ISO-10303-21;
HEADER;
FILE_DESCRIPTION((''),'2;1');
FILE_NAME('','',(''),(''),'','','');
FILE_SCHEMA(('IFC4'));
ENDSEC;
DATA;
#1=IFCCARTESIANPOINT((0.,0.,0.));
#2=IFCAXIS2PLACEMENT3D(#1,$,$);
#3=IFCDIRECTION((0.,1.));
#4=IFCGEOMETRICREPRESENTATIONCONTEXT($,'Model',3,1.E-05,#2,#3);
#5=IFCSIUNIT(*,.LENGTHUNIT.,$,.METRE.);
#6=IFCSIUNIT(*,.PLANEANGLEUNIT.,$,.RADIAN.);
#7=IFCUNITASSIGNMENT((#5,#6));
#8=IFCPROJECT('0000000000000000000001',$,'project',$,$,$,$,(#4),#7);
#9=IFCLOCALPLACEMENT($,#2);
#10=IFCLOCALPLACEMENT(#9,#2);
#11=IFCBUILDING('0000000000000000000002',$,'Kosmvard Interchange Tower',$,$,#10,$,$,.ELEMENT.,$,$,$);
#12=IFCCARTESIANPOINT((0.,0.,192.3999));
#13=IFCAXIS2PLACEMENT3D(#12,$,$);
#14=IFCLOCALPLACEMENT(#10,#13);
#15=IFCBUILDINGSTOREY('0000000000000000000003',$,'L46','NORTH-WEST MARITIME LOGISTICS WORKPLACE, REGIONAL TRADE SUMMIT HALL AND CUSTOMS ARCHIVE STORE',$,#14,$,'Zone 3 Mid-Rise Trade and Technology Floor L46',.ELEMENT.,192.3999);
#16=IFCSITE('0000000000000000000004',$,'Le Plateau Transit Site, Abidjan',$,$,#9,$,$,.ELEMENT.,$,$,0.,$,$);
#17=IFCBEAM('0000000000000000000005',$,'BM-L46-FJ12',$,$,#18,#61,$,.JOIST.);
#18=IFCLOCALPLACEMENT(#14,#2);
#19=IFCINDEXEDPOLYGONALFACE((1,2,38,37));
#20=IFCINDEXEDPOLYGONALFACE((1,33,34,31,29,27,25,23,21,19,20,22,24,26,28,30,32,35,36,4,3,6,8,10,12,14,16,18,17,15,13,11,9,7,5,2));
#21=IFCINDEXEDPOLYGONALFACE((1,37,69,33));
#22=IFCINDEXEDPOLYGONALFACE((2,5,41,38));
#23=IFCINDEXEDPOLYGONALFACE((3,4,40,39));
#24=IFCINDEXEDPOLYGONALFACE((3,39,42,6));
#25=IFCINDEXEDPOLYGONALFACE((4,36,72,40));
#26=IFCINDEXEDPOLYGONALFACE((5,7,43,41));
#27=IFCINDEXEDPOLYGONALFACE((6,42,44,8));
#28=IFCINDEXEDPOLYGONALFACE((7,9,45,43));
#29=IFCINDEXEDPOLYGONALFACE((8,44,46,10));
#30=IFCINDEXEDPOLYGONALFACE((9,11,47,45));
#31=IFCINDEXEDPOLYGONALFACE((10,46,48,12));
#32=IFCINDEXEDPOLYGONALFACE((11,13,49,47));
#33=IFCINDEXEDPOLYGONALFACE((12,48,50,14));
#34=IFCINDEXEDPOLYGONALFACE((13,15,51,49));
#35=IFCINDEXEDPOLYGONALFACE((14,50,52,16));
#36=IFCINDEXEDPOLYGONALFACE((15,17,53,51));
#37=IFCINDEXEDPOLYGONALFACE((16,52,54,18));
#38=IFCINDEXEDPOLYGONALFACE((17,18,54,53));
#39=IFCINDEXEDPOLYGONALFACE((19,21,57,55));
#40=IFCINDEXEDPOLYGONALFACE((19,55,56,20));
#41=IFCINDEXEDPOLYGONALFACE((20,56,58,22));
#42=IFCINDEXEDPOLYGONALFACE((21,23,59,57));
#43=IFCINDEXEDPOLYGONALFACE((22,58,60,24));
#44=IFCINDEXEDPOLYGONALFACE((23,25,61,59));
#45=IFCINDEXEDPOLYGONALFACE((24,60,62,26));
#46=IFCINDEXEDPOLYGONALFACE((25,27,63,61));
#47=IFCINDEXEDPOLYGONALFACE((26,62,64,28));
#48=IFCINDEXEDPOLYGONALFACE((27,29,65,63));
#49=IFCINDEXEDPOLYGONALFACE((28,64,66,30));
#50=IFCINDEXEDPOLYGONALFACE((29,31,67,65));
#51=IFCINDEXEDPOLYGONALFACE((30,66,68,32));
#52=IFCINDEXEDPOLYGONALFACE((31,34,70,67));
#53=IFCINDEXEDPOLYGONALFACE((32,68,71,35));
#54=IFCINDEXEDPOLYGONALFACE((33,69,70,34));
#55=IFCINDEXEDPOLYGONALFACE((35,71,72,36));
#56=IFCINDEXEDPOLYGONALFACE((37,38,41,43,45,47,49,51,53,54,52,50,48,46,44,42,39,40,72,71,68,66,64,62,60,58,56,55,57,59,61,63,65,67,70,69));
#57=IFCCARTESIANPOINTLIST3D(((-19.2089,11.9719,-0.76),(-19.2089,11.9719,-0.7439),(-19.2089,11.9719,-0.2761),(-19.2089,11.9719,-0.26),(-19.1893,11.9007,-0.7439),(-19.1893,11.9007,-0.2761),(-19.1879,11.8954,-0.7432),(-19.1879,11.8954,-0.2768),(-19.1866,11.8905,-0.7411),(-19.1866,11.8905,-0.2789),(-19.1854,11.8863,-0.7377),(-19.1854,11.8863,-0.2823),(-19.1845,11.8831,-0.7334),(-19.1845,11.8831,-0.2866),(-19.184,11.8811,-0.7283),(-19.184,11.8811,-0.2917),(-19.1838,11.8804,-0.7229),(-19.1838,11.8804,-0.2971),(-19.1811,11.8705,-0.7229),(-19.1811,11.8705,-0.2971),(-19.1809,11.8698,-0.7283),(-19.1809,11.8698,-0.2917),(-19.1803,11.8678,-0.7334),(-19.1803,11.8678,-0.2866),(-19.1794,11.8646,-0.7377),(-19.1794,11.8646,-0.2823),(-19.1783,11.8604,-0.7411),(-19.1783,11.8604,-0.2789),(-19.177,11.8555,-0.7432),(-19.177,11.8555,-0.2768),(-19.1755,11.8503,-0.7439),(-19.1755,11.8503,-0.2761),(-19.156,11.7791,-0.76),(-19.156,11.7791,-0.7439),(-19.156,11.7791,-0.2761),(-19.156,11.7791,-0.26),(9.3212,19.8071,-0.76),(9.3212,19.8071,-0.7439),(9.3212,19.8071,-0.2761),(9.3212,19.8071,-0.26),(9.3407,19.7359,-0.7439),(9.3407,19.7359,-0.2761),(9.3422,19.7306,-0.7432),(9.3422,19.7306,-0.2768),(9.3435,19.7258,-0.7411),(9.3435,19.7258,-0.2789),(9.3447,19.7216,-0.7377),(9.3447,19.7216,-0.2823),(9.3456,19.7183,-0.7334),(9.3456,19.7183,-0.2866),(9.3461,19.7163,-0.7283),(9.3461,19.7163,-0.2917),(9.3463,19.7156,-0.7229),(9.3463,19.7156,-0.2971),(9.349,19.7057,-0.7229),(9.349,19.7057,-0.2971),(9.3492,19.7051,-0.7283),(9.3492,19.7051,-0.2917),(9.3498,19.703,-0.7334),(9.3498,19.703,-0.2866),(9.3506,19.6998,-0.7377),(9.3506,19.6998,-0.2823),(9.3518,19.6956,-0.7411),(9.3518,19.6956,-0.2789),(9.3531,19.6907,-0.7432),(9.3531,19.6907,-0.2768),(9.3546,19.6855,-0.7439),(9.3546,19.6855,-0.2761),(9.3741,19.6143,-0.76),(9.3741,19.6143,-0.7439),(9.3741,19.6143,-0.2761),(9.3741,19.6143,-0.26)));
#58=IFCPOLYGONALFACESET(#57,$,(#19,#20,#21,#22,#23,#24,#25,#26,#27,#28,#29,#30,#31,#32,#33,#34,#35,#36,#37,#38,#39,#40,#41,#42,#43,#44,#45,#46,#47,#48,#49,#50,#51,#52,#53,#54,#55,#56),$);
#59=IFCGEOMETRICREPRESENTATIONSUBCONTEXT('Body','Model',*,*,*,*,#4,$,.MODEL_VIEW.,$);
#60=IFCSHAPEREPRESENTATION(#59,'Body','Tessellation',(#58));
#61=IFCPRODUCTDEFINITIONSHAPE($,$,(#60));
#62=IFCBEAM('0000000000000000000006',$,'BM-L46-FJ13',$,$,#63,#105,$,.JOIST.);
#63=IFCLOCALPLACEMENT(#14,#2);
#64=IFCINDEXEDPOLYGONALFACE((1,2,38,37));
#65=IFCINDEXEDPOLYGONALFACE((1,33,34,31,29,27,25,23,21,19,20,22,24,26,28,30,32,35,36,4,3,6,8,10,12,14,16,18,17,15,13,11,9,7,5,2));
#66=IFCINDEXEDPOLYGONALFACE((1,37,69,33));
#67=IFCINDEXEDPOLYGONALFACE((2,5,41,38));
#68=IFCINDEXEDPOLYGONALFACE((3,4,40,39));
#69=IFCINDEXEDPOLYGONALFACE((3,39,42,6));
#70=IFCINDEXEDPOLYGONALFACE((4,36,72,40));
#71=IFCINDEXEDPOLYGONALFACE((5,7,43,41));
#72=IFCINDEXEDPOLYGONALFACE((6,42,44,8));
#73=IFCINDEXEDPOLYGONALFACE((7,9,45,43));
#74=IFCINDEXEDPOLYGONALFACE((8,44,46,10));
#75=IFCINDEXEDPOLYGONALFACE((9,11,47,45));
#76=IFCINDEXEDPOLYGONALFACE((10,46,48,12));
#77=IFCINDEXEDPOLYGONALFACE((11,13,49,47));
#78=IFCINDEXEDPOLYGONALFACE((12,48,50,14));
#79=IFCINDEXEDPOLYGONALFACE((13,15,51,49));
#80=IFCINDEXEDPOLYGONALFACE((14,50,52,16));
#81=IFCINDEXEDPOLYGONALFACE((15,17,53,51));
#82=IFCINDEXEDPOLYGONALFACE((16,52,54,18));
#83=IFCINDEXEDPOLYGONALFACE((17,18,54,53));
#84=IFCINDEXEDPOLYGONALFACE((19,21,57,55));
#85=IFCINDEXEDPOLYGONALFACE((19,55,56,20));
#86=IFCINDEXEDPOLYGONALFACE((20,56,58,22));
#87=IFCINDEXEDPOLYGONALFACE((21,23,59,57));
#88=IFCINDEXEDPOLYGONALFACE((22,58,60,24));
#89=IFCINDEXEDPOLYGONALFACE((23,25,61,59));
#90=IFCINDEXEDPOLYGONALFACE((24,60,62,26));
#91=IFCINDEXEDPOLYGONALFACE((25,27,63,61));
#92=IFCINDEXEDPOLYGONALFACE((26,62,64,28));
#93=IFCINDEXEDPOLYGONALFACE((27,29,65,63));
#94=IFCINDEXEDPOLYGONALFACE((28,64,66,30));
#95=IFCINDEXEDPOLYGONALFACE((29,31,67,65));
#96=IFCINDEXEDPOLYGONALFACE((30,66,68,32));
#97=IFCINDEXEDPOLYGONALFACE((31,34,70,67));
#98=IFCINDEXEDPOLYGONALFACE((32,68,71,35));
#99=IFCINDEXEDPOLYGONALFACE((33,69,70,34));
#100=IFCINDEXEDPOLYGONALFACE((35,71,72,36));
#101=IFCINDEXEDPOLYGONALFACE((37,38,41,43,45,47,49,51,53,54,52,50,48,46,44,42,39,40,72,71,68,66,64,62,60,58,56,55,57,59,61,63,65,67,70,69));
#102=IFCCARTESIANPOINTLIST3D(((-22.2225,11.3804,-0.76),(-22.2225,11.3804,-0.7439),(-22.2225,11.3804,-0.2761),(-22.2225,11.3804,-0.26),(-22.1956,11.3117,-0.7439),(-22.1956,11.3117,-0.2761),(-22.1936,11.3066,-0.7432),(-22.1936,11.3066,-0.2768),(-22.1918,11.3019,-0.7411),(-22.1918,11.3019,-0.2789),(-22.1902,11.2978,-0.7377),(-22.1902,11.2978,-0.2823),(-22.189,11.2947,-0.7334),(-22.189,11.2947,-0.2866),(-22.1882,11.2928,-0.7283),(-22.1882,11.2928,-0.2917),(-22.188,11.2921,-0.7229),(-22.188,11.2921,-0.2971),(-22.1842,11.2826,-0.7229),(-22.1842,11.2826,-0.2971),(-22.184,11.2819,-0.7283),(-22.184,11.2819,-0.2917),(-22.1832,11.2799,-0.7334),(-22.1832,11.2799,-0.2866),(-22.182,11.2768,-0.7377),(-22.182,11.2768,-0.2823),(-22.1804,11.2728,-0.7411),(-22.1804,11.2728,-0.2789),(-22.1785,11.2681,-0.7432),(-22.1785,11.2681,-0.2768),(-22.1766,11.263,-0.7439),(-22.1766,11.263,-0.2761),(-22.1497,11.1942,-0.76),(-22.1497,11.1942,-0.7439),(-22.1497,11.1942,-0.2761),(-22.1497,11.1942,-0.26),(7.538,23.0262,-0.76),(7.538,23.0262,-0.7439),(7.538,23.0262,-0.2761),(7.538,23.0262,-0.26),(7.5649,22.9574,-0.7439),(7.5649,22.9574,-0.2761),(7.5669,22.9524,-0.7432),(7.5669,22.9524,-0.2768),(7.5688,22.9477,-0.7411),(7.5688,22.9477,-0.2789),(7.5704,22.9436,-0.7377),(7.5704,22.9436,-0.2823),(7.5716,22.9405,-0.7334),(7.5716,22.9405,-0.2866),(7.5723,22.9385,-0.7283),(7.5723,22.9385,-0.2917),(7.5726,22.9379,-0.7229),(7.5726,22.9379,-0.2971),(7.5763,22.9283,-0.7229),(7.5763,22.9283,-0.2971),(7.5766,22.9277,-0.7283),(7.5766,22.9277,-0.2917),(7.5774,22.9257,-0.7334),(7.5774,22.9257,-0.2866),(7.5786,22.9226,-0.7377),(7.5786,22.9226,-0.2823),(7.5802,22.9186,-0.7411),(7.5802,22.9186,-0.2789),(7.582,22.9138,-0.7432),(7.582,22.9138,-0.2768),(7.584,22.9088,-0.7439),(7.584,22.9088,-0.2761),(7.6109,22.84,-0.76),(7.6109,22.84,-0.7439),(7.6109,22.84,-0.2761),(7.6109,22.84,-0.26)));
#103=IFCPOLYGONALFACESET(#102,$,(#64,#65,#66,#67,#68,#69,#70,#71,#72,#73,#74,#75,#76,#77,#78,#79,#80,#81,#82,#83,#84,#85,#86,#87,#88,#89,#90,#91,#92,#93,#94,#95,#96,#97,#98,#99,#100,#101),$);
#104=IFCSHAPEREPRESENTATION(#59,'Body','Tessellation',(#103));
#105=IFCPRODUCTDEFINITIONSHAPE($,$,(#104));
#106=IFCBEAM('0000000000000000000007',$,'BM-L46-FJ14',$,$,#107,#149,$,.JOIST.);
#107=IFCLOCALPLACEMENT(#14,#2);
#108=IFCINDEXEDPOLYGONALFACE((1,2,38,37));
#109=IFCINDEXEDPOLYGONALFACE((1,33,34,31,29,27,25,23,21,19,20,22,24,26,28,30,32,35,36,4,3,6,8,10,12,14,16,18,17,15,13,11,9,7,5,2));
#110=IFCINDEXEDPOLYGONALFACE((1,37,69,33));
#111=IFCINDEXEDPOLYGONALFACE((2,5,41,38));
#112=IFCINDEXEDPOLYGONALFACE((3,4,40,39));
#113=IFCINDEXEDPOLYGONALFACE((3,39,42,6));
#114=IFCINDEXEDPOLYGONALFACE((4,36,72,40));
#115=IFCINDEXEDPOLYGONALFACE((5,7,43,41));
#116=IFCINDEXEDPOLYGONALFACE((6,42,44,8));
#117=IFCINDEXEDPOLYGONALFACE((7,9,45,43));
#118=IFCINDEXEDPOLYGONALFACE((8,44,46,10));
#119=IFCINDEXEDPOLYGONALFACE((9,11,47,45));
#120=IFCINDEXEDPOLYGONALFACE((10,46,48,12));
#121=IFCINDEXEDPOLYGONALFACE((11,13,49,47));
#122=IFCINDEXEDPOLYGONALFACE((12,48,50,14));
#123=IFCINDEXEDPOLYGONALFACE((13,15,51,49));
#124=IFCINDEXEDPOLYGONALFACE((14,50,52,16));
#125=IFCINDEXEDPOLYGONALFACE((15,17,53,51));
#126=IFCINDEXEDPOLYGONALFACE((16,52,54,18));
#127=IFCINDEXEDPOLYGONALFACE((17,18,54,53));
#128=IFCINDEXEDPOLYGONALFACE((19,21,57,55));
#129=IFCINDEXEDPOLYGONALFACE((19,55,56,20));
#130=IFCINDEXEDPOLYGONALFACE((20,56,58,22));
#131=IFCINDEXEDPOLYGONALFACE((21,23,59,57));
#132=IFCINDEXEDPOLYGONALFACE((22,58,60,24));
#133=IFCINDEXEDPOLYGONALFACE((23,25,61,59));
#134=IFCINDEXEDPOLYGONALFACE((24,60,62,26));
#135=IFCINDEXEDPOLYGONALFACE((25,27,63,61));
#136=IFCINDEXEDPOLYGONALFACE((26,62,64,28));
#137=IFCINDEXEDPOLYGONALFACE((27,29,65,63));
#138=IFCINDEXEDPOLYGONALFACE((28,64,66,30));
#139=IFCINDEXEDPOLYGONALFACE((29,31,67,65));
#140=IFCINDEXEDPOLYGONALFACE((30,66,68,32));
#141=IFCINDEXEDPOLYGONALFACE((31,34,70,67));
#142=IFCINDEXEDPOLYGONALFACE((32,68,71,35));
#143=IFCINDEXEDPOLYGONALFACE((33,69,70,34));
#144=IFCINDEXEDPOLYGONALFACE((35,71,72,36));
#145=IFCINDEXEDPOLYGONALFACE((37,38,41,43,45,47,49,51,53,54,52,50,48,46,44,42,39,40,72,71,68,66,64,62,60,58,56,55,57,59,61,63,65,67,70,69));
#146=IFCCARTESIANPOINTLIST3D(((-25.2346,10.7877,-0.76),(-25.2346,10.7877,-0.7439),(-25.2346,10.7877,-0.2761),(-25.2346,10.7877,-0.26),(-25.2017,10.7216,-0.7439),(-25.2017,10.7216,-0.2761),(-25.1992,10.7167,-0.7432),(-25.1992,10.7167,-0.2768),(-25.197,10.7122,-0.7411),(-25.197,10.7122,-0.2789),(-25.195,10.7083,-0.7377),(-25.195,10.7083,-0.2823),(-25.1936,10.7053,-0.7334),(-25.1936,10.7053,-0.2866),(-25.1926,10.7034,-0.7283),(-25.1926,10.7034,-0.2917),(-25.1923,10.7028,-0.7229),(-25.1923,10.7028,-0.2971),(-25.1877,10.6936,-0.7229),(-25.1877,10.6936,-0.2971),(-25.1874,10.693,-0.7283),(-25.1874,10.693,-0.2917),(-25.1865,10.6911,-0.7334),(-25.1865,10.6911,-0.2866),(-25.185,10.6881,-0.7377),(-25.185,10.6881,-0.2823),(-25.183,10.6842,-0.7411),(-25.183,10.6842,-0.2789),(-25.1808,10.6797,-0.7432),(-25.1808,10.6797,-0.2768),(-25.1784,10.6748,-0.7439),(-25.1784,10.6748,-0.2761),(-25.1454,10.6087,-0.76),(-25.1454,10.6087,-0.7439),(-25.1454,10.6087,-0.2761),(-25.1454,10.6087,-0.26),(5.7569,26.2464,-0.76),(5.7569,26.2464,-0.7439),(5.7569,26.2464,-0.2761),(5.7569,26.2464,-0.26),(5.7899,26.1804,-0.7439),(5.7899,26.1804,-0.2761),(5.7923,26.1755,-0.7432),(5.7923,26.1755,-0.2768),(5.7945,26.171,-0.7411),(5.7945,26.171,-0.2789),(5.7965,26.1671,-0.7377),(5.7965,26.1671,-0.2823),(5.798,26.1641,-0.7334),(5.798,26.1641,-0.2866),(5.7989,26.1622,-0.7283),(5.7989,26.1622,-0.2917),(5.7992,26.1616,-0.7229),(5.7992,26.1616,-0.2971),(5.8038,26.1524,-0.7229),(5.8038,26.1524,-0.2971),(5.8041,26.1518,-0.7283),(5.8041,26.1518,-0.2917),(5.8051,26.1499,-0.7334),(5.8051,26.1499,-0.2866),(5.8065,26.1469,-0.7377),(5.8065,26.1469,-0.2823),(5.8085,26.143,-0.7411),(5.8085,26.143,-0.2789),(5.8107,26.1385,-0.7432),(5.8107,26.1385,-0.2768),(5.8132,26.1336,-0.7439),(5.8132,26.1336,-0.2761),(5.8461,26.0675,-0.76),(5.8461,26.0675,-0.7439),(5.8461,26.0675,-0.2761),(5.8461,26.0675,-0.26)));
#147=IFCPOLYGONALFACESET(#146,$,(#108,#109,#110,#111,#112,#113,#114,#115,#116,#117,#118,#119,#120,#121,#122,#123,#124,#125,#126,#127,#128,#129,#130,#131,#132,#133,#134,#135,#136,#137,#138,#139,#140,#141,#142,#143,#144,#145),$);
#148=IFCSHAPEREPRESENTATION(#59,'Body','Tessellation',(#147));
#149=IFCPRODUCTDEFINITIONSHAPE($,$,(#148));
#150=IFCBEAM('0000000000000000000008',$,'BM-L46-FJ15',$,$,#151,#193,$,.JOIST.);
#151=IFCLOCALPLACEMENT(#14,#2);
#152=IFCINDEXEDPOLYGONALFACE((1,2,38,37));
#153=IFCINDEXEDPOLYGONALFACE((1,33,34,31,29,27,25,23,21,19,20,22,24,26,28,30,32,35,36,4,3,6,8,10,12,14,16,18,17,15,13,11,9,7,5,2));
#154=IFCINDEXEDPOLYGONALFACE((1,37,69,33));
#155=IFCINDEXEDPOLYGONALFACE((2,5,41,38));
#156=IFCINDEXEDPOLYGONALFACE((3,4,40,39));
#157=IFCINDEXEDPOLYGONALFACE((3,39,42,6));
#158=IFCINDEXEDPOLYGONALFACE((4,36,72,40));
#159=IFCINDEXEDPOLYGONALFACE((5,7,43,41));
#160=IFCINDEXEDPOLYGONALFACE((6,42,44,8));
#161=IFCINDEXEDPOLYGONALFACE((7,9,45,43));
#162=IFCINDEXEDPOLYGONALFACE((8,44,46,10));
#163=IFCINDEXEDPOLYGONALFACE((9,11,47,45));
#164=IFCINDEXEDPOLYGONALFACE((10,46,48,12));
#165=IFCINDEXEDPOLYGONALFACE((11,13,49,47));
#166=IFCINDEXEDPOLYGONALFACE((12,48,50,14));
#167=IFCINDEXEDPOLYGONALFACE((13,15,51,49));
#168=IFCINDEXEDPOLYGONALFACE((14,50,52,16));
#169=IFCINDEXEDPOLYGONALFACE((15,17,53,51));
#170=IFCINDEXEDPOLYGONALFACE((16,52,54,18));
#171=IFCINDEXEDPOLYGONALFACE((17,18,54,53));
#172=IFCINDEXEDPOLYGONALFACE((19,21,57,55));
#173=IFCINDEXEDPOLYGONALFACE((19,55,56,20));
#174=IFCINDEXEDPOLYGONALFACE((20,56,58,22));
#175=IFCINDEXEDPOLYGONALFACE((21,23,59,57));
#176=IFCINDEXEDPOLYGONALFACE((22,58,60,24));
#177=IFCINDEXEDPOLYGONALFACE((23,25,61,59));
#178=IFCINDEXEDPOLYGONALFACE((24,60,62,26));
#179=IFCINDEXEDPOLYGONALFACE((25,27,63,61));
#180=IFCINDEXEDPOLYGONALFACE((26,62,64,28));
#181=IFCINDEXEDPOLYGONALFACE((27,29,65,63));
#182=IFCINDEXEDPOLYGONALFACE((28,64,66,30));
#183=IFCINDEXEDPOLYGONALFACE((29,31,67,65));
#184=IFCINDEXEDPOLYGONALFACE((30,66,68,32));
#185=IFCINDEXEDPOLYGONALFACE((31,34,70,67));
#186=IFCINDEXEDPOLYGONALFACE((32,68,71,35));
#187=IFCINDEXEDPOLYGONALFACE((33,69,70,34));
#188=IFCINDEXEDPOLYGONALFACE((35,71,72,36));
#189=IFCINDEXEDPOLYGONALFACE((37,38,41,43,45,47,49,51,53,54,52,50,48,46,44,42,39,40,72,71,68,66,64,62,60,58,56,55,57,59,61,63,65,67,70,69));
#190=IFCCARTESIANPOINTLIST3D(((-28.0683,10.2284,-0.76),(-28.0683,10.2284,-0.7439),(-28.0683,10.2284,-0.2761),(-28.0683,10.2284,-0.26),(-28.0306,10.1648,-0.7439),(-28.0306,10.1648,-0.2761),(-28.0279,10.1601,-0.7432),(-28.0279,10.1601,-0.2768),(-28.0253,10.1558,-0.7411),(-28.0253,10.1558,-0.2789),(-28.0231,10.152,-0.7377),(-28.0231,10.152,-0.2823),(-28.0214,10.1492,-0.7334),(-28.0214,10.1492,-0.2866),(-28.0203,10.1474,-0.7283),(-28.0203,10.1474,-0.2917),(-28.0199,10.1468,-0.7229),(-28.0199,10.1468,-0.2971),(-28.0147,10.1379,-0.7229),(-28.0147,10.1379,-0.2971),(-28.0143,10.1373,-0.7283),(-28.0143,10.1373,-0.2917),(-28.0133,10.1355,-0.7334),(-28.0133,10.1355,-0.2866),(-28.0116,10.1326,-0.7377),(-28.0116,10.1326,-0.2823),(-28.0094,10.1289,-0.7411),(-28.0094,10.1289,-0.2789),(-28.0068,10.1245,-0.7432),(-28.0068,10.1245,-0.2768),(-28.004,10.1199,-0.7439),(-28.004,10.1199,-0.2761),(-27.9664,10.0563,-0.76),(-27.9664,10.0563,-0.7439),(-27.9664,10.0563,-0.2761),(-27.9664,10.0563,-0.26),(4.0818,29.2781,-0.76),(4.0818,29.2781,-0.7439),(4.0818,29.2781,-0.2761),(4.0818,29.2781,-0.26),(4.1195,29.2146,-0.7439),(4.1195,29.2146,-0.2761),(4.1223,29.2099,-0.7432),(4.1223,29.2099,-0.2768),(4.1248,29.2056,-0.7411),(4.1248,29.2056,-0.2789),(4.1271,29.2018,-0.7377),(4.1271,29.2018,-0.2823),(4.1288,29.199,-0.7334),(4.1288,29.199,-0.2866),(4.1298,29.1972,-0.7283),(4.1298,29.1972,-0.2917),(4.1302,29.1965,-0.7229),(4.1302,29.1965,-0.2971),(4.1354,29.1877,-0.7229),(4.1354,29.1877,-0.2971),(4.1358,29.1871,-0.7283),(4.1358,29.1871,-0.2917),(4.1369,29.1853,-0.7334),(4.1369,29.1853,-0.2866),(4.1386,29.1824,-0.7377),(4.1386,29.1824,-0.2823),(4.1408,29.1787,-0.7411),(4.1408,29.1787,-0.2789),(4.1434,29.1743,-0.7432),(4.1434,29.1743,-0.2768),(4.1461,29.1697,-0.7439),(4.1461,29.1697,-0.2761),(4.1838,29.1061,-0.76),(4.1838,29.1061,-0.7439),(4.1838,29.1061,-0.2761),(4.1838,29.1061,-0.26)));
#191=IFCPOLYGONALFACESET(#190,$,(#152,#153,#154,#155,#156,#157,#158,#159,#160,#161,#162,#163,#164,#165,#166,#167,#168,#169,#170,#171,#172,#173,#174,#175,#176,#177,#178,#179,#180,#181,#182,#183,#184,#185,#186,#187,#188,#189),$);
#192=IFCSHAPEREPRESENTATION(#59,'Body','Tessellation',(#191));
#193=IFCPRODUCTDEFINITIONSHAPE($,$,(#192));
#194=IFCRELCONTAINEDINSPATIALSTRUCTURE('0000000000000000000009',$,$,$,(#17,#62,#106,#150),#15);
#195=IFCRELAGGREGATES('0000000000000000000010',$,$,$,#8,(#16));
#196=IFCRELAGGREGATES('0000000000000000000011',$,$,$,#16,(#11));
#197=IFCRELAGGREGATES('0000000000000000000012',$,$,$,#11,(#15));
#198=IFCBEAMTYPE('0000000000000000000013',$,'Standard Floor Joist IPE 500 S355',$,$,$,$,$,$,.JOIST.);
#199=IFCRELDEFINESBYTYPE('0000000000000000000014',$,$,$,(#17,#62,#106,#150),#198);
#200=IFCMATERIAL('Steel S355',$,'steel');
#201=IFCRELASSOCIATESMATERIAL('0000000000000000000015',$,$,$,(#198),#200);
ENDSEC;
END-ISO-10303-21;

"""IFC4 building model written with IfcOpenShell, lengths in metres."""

from ifc_helpers import new_model, si_unit, direction, frame, origin, origin_2d, place, context, subcontext, project, spatial, i_section, extrude, source, transform, mapped, material, material_profile, profile_set, type_object, element, save


model = new_model("IFC4")

# Units and contexts
model_context = context("Model", 3, precision=1e-05, world=origin(), true_north=direction((0.0, 1.0)))
body_context = subcontext(model_context, "Body", "Model", "MODEL_VIEW")
ifc_project = project(units=[si_unit("LENGTHUNIT", "METRE"), si_unit("PLANEANGLEUNIT", "RADIAN")], contexts=[model_context])

# Site, building, storey
site_placement = place(None, origin())
site = spatial("IfcSite", under=ifc_project, at=site_placement, Name="Le Plateau Transit Site, Abidjan", CompositionType="ELEMENT", RefElevation=0.0)
building_placement = place(site_placement, origin())
building = spatial("IfcBuilding", under=site, at=building_placement, Name="Kosmvard Interchange Tower", CompositionType="ELEMENT")
storey_placement = place(building_placement, frame((0.0, 0.0, 192.3999)))
storey = spatial("IfcBuildingStorey", under=building, at=storey_placement, Name="L46", Description="NORTH-WEST MARITIME LOGISTICS WORKPLACE, REGIONAL TRADE SUMMIT HALL AND CUSTOMS ARCHIVE STORE", LongName="Zone 3 Mid-Rise Trade and Technology Floor L46", CompositionType="ELEMENT", Elevation=192.3999)

# Beams
ifc_material_1 = material(Name="Steel S355", Category="steel")
ifc_material_profile_1 = material_profile(ifc_material_1, i_section(OverallWidth=0.2, OverallDepth=0.5, WebThickness=0.0103, FlangeThickness=0.0161, FilletRadius=0.021, at=origin_2d()), Name="IPE 500")
ifc_profile_set_1 = profile_set([ifc_material_profile_1], Name="Steel S355")
beam_type_1 = type_object("IfcBeamType", Name="Standard Floor Joist IPE 500 S355", PredefinedType="JOIST", material=ifc_profile_set_1)
shared_shape_1 = source(origin(), body_context, "Body", "SweptSolid", [
    extrude(i_section(OverallWidth=0.2, OverallDepth=0.5, WebThickness=0.0103, FlangeThickness=0.0161, FilletRadius=0.021, at=origin_2d()), origin(), (0.0, 0.0, 1.0), 29.5864),
])
beam_1_placement = place(storey_placement, frame((9.3477, 19.7107, -0.51), z_axis=(-0.964297, -0.264825, 0.0), x_axis=(0.264825, -0.964297, 0.0)))
element("IfcBeam", 1, at=beam_1_placement, inside=storey, type_object=beam_type_1, Name="BM-L46-FJ12", PredefinedType="JOIST", context=body_context, shape_type="MappedRepresentation", body=[
    mapped(shared_shape_1, transform((0.0, 0.0, 0.0), scale=1.0)),
])
shared_shape_2 = source(origin(), body_context, "Body", "SweptSolid", [
    extrude(i_section(OverallWidth=0.2, OverallDepth=0.5, WebThickness=0.0103, FlangeThickness=0.0161, FilletRadius=0.021, at=origin_2d()), origin(), (0.0, 0.0, 1.0), 31.958),
])
beam_2_placement = place(storey_placement, frame((7.5745, 22.9331, -0.51), z_axis=(-0.931239, -0.364409, 0.0), x_axis=(0.364409, -0.931239, 0.0)))
element("IfcBeam", 2, at=beam_2_placement, inside=storey, type_object=beam_type_1, Name="BM-L46-FJ13", PredefinedType="JOIST", context=body_context, shape_type="MappedRepresentation", body=[
    mapped(shared_shape_2, transform((0.0, 0.0, 0.0), scale=1.0)),
])
shared_shape_3 = source(origin(), body_context, "Body", "SweptSolid", [
    extrude(i_section(OverallWidth=0.2, OverallDepth=0.5, WebThickness=0.0103, FlangeThickness=0.0161, FilletRadius=0.021, at=origin_2d()), origin(), (0.0, 0.0, 1.0), 34.6331),
])
beam_3_placement = place(storey_placement, frame((5.8015, 26.157, -0.51), z_axis=(-0.894854, -0.446359, 0.0), x_axis=(0.446359, -0.894854, 0.0)))
element("IfcBeam", 3, at=beam_3_placement, inside=storey, type_object=beam_type_1, Name="BM-L46-FJ14", PredefinedType="JOIST", context=body_context, shape_type="MappedRepresentation", body=[
    mapped(shared_shape_3, transform((0.0, 0.0, 0.0), scale=1.0)),
])
shared_shape_4 = source(origin(), body_context, "Body", "SweptSolid", [
    extrude(i_section(OverallWidth=0.2, OverallDepth=0.5, WebThickness=0.0103, FlangeThickness=0.0161, FilletRadius=0.021, at=origin_2d()), origin(), (0.0, 0.0, 1.0), 37.3701),
])
beam_4_placement = place(storey_placement, frame((4.1328, 29.1921, -0.51), z_axis=(-0.860317, -0.50976, 0.0), x_axis=(0.50976, -0.860317, 0.0)))
element("IfcBeam", 4, at=beam_4_placement, inside=storey, type_object=beam_type_1, Name="BM-L46-FJ15", PredefinedType="JOIST", context=body_context, shape_type="MappedRepresentation", body=[
    mapped(shared_shape_4, transform((0.0, 0.0, 0.0), scale=1.0)),
])

save(model, "model.ifc")
